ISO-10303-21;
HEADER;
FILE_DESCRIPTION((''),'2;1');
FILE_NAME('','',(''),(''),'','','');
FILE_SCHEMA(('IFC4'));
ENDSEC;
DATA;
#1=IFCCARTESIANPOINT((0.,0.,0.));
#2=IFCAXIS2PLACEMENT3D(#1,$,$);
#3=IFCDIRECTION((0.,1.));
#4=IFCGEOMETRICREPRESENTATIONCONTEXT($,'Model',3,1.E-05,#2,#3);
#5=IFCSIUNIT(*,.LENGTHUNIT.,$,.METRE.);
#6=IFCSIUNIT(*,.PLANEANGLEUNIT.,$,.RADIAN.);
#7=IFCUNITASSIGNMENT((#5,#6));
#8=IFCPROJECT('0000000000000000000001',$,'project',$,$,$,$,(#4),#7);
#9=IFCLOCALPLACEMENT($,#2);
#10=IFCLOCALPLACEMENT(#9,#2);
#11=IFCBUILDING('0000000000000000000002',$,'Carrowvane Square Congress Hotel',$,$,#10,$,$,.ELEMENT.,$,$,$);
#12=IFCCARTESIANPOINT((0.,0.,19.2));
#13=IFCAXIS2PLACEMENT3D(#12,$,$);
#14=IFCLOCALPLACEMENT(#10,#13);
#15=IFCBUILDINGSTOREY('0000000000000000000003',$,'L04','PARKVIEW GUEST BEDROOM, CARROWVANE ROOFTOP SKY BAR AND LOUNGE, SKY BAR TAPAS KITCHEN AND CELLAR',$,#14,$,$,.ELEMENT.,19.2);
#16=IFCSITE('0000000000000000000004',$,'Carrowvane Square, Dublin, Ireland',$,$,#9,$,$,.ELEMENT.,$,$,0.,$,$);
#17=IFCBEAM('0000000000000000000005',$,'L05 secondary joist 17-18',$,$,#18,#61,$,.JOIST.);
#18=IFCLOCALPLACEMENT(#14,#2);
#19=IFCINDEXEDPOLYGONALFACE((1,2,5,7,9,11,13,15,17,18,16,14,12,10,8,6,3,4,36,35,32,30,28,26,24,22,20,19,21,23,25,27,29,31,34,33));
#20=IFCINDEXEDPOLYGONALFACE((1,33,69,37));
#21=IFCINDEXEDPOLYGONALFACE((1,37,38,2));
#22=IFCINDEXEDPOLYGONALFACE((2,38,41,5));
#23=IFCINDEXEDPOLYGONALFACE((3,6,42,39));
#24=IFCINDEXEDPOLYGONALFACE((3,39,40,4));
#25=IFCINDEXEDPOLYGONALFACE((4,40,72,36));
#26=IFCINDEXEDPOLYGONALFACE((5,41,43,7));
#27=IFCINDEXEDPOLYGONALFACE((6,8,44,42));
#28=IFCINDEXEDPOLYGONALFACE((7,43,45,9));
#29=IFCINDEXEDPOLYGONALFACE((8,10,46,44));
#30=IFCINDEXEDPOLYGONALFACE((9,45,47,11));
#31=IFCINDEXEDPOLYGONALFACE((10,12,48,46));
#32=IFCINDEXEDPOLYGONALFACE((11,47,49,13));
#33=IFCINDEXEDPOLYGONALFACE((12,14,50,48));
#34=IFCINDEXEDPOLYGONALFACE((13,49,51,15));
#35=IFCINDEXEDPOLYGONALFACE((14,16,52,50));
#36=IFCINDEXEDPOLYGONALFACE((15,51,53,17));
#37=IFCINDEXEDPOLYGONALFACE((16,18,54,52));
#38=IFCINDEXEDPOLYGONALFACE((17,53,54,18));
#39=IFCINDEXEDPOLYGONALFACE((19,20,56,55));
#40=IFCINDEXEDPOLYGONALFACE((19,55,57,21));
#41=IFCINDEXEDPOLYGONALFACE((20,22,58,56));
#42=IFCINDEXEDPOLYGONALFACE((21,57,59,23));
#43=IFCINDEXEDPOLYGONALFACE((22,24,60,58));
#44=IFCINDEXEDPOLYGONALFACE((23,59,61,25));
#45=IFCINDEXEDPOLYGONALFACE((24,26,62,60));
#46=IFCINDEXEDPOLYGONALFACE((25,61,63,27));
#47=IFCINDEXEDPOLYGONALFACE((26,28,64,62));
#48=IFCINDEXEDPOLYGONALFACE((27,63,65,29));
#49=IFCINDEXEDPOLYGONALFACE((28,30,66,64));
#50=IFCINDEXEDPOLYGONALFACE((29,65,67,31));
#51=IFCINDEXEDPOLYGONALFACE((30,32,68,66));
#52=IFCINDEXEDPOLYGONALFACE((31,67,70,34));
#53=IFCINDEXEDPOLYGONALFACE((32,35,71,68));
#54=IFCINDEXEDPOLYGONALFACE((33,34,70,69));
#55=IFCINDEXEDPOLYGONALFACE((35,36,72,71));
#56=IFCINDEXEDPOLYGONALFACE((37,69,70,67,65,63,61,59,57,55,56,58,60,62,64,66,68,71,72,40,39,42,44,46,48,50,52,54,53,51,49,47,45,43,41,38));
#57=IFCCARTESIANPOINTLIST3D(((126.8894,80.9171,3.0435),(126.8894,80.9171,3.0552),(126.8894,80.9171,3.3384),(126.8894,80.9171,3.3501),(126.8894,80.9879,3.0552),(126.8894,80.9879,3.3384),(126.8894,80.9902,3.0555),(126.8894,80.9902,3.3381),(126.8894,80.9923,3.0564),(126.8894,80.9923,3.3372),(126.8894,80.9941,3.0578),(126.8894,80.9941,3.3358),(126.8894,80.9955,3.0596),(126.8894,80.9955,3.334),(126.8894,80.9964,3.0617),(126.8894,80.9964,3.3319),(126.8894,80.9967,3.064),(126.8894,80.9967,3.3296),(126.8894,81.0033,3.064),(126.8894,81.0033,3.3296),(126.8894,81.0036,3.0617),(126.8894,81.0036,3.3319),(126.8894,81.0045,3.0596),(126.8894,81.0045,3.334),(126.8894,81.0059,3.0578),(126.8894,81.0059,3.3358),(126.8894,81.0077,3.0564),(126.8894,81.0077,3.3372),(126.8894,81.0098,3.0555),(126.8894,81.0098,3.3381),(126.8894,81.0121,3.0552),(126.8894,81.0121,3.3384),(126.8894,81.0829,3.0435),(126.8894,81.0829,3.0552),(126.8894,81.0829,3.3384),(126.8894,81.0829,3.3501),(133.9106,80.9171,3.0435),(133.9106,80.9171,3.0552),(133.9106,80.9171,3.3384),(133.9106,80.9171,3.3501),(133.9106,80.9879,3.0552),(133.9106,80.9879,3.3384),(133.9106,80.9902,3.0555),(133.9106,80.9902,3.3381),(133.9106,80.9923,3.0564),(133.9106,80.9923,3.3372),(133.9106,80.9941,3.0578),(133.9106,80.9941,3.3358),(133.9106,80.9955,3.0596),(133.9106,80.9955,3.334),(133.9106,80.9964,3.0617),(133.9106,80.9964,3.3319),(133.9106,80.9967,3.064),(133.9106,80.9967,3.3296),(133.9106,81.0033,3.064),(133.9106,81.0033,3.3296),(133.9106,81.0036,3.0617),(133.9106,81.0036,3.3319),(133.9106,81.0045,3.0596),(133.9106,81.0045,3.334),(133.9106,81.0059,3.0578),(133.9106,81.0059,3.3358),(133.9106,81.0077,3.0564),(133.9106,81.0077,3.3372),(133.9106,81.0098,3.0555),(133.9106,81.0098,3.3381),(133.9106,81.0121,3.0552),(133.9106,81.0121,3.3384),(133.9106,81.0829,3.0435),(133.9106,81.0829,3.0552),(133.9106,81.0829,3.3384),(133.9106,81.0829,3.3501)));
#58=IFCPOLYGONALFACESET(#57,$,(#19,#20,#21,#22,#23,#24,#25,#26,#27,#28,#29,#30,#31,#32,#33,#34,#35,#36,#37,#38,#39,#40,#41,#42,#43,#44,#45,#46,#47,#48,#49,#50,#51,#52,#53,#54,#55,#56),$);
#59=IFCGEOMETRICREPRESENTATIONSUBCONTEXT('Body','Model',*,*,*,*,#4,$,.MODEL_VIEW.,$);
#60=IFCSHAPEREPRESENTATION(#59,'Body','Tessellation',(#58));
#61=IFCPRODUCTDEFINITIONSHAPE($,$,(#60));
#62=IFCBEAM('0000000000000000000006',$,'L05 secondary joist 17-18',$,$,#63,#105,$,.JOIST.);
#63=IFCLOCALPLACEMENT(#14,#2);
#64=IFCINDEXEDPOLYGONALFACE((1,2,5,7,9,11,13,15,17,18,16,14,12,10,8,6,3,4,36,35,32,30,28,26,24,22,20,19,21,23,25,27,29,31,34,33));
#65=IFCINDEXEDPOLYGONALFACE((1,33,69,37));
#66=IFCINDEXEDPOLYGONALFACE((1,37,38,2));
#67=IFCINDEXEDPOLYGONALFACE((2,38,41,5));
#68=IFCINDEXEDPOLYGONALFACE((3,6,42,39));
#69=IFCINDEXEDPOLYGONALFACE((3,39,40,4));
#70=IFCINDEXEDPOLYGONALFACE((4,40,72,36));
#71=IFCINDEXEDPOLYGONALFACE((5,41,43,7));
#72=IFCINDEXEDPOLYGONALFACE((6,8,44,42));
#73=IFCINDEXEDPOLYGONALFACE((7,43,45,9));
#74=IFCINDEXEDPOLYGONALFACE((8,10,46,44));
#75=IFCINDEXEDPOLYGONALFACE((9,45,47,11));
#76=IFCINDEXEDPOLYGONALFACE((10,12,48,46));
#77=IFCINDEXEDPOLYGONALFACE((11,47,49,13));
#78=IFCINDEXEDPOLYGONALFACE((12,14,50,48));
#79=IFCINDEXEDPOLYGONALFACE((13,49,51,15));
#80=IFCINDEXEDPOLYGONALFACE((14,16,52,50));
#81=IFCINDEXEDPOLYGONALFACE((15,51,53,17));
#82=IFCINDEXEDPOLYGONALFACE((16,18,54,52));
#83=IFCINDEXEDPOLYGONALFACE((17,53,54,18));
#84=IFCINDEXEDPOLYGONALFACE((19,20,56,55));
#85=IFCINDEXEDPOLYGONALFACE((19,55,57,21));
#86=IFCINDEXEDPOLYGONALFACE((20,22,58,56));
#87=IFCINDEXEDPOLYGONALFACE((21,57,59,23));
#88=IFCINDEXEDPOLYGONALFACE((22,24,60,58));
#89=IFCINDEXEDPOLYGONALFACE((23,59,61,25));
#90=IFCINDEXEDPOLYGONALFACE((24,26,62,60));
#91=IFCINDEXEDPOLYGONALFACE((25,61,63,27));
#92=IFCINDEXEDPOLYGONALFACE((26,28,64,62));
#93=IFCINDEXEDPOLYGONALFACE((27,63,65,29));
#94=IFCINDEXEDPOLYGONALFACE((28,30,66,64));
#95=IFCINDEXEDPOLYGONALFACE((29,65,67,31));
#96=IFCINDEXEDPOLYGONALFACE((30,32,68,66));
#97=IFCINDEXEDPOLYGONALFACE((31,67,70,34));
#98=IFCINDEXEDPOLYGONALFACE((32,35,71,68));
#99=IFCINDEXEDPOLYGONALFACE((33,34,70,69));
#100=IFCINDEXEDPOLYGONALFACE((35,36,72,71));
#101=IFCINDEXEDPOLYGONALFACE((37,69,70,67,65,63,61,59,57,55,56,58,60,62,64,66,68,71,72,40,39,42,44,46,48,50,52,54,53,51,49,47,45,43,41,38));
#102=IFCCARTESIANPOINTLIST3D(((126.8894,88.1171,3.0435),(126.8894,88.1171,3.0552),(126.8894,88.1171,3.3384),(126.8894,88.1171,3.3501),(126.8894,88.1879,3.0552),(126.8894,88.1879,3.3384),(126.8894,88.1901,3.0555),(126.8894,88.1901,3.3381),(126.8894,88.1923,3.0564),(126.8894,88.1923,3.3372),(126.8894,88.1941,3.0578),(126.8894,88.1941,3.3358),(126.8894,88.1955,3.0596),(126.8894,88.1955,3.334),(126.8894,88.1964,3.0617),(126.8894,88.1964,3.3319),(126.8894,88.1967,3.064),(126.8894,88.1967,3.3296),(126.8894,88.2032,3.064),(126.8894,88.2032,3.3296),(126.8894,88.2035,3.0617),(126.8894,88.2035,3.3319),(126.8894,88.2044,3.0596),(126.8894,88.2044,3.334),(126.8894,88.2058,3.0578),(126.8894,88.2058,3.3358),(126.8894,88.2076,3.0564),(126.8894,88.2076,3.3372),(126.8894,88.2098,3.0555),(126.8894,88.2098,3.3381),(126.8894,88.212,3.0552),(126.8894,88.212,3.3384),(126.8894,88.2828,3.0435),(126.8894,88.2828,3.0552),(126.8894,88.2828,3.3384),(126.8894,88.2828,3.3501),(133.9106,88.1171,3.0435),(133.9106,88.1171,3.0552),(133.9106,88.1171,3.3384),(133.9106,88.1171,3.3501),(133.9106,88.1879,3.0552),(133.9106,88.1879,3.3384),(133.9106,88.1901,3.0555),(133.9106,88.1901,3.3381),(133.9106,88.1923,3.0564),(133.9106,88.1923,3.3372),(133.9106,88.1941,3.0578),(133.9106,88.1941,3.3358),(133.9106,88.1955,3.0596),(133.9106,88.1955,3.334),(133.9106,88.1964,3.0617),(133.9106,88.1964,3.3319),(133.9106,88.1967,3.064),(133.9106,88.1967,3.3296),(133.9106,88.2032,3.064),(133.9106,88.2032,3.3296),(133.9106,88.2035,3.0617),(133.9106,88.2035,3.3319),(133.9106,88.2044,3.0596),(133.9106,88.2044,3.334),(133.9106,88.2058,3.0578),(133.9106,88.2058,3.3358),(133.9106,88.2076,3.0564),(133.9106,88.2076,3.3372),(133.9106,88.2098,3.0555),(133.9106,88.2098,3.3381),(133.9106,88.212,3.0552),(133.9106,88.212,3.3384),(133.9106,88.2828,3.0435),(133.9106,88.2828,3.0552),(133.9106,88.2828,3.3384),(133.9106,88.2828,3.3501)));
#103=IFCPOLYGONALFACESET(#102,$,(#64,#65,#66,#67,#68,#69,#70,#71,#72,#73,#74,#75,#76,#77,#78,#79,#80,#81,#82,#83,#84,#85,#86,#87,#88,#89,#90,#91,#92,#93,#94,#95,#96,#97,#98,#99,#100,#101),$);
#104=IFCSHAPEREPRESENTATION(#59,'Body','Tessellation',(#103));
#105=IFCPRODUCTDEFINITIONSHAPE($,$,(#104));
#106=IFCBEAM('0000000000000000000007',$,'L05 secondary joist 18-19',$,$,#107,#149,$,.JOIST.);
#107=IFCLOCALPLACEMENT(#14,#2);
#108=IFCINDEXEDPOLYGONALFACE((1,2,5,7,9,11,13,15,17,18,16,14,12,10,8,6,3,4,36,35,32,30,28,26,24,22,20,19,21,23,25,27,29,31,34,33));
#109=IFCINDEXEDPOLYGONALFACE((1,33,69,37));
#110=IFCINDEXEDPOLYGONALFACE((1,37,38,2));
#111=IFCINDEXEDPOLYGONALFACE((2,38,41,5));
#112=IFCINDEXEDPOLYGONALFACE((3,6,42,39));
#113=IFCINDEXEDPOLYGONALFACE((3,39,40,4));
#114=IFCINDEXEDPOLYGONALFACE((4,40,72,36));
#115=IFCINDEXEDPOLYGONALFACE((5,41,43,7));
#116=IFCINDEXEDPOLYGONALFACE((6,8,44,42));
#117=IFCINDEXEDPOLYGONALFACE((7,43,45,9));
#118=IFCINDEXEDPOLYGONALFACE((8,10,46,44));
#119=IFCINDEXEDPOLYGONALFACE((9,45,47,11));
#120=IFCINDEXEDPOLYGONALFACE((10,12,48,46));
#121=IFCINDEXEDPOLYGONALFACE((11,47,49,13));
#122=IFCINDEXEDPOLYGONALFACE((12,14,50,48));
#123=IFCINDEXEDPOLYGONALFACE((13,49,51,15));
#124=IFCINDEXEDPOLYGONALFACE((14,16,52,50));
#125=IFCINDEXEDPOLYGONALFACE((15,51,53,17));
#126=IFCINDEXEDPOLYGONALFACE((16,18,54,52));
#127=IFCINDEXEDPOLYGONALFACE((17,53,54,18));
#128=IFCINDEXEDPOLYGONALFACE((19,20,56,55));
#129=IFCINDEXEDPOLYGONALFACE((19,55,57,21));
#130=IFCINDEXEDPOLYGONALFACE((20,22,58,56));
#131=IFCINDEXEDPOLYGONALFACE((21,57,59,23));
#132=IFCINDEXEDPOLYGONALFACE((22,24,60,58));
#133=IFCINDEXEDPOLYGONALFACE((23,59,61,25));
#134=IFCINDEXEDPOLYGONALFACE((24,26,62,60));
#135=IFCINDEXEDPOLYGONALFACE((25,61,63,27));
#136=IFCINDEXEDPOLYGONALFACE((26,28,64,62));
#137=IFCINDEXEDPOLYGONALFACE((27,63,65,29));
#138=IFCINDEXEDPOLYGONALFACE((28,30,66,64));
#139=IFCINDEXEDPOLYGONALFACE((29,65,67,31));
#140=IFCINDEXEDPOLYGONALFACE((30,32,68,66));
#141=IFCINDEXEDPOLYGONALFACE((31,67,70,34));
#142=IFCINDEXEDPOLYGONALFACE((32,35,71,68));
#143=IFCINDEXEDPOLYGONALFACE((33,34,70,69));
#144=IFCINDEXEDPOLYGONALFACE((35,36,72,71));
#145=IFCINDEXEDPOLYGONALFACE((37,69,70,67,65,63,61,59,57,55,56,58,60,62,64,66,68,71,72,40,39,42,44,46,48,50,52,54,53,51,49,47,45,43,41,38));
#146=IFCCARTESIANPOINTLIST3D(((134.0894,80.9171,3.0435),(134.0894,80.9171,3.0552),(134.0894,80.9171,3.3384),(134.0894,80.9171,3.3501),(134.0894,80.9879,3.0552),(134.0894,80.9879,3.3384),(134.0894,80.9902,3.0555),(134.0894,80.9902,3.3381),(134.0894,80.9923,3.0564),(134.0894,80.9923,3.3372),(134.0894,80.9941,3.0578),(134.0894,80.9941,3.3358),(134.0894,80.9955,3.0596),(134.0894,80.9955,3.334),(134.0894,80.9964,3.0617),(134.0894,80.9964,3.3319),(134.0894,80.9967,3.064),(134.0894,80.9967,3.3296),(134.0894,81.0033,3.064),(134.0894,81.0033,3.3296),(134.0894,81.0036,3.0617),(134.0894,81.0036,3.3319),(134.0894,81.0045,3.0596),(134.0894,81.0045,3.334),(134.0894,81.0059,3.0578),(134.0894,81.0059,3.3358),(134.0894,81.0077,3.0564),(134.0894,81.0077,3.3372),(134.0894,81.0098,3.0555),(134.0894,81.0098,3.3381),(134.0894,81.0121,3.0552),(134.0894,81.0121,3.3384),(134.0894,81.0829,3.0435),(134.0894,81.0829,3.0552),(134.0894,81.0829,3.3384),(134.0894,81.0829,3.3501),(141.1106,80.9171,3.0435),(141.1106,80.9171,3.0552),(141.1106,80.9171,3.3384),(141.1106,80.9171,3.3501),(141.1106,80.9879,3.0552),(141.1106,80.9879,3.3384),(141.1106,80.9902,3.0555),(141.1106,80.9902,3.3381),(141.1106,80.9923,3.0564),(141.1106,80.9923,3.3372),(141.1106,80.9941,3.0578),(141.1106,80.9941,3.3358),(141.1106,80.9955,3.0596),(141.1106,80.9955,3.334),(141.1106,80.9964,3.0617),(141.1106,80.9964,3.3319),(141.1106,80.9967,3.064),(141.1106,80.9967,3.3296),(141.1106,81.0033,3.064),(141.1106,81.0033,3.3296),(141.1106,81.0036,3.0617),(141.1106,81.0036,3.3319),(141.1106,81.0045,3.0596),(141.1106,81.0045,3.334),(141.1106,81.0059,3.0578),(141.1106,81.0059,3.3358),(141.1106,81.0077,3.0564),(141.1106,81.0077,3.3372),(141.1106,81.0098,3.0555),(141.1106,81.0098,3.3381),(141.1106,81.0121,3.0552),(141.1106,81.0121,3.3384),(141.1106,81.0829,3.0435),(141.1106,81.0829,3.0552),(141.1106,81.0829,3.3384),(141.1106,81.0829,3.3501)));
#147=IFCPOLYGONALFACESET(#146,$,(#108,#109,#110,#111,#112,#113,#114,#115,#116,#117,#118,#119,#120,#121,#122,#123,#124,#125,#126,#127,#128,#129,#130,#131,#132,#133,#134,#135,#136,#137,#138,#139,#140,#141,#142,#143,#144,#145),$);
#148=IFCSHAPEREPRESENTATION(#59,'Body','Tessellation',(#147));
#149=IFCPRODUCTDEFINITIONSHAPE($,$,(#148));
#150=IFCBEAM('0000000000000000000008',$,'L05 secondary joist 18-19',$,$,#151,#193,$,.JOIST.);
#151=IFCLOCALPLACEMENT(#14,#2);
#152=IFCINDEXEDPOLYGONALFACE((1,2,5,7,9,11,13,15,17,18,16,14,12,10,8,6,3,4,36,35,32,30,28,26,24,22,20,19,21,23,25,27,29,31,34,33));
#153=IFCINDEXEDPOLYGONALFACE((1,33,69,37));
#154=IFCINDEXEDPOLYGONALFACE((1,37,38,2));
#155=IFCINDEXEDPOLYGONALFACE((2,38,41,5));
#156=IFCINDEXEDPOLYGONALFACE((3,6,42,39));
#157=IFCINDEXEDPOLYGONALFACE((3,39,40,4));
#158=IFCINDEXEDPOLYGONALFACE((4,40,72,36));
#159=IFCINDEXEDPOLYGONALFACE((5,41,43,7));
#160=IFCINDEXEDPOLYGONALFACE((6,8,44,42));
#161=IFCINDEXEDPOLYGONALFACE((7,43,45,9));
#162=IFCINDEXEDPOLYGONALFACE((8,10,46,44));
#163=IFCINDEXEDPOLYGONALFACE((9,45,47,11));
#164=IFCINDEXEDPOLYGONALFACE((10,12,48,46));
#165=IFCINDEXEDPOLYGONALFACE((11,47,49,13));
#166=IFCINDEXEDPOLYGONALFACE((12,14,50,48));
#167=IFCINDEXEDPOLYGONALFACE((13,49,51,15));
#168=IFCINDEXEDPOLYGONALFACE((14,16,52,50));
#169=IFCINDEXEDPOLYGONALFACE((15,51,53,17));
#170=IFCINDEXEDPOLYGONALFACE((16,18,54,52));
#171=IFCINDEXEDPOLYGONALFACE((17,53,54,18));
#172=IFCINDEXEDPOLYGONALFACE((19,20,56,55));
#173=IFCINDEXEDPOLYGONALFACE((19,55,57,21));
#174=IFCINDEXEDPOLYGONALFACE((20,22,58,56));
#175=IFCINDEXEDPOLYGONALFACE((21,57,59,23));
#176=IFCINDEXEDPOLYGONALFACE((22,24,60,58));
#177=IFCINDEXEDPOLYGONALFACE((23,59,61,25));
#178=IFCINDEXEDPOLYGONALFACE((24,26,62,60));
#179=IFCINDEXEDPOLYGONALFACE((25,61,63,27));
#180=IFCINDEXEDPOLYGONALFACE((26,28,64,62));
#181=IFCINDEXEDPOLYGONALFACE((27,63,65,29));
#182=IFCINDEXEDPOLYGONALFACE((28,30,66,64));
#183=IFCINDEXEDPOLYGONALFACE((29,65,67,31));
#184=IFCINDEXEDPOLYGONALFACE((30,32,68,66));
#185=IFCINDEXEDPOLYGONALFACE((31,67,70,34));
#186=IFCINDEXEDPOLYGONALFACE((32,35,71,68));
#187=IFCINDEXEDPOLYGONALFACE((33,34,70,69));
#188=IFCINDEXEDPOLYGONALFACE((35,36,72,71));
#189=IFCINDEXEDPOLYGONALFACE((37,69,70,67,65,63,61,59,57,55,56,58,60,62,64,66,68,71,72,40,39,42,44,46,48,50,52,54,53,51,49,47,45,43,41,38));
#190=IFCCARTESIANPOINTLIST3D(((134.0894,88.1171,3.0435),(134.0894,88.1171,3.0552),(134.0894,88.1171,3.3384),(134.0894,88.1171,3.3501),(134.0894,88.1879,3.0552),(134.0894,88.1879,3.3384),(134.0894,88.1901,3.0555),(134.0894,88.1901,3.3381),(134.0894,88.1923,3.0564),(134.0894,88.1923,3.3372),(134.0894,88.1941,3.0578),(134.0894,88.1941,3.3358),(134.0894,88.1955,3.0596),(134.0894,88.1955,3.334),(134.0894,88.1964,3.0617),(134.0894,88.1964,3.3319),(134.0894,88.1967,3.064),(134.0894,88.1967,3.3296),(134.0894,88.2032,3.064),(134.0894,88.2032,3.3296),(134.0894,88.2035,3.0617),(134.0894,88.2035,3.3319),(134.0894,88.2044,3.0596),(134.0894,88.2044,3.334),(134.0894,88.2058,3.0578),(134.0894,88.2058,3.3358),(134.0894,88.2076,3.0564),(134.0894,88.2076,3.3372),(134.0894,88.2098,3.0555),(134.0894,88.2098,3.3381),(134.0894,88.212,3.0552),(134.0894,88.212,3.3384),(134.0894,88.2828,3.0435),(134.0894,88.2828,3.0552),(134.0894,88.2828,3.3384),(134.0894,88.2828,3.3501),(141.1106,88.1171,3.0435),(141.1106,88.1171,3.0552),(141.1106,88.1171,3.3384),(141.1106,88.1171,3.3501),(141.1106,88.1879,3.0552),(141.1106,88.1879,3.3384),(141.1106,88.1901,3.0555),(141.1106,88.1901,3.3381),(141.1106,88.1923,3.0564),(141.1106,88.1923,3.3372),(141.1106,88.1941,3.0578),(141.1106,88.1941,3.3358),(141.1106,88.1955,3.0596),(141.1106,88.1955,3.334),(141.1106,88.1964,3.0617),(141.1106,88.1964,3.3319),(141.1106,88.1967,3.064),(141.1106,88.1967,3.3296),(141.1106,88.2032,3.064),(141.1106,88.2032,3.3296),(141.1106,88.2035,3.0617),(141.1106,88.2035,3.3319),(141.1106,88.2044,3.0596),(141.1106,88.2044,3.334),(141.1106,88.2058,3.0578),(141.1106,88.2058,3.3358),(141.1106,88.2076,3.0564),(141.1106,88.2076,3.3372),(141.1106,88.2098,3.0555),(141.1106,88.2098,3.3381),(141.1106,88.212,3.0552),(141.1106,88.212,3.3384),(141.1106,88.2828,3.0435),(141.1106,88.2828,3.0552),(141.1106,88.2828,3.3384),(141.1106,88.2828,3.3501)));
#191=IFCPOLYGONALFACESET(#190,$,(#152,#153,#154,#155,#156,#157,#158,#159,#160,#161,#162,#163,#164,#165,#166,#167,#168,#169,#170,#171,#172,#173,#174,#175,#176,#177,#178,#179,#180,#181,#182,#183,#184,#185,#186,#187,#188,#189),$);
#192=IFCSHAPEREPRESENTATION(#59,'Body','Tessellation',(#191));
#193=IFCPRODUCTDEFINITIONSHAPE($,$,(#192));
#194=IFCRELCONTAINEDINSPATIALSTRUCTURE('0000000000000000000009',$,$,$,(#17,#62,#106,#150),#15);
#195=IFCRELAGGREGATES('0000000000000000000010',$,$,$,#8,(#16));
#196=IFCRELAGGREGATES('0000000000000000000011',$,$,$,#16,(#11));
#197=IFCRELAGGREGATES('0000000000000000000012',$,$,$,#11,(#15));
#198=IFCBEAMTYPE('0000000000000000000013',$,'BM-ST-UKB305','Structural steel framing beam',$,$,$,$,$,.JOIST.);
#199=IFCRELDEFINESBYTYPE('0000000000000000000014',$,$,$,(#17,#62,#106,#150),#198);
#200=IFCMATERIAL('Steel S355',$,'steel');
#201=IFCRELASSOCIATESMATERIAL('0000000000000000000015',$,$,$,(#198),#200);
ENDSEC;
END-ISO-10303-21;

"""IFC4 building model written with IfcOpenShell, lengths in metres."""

from ifc_helpers import new_model, si_unit, direction, frame, origin, origin_2d, place, context, subcontext, project, spatial, i_section, extrude, material, material_profile, profile_set, type_object, element, save


model = new_model("IFC4")

# Units and contexts
model_context = context("Model", 3, precision=1e-05, world=origin(), true_north=direction((0.0, 1.0)))
body_context = subcontext(model_context, "Body", "Model", "MODEL_VIEW")
ifc_project = project(units=[si_unit("LENGTHUNIT", "METRE"), si_unit("PLANEANGLEUNIT", "RADIAN")], contexts=[model_context])

# Site, building, storey
site_placement = place(None, origin())
site = spatial("IfcSite", under=ifc_project, at=site_placement, Name="Carrowvane Square, Dublin, Ireland", CompositionType="ELEMENT", RefElevation=0.0)
building_placement = place(site_placement, origin())
building = spatial("IfcBuilding", under=site, at=building_placement, Name="Carrowvane Square Congress Hotel", CompositionType="ELEMENT")
storey_placement = place(building_placement, frame((0.0, 0.0, 19.2)))
storey = spatial("IfcBuildingStorey", under=building, at=storey_placement, Name="L04", Description="PARKVIEW GUEST BEDROOM, CARROWVANE ROOFTOP SKY BAR AND LOUNGE, SKY BAR TAPAS KITCHEN AND CELLAR", CompositionType="ELEMENT", Elevation=19.2)

# Beams
ifc_material_1 = material(Name="Steel S355", Category="steel")
ifc_material_profile_1 = material_profile(ifc_material_1, i_section(OverallWidth=0.1658, OverallDepth=0.3066, WebThickness=0.0066, FlangeThickness=0.0117, FilletRadius=0.0088, at=origin_2d()), Name="UKB 305x165x46")
ifc_profile_set_1 = profile_set([ifc_material_profile_1], Name="Steel S355")
beam_type_1 = type_object("IfcBeamType", Name="BM-ST-UKB305", Description="Structural steel framing beam", PredefinedType="JOIST", material=ifc_profile_set_1)
for number, where, z_axis, x_axis, name in (
    (1, (126.8894, 81.0, 3.1968), (1.0, 0.0, 0.0), (0.0, 1.0, 0.0), "L05 secondary joist 17-18"),
    (2, (126.8894, 88.2, 3.1968), (1.0, 0.0, 0.0), (0.0, 1.0, 0.0), "L05 secondary joist 17-18"),
    (3, (134.0894, 81.0, 3.1968), (1.0, 0.0, 0.0), (0.0, 1.0, 0.0), "L05 secondary joist 18-19"),
    (4, (134.0894, 88.2, 3.1968), (1.0, 0.0, 0.0), (0.0, 1.0, 0.0), "L05 secondary joist 18-19"),
):
    element("IfcBeam", number, at=place(storey_placement, frame(where, z_axis=z_axis, x_axis=x_axis)), inside=storey, type_object=beam_type_1, Name=name, PredefinedType="JOIST", context=body_context, shape_type="SweptSolid", body=[
        extrude(i_section(OverallWidth=0.1658, OverallDepth=0.3066, WebThickness=0.0066, FlangeThickness=0.0117, FilletRadius=0.0088, at=origin_2d()), origin(), (0.0, 0.0, 1.0), 7.0212),
    ])

save(model, "model.ifc")
